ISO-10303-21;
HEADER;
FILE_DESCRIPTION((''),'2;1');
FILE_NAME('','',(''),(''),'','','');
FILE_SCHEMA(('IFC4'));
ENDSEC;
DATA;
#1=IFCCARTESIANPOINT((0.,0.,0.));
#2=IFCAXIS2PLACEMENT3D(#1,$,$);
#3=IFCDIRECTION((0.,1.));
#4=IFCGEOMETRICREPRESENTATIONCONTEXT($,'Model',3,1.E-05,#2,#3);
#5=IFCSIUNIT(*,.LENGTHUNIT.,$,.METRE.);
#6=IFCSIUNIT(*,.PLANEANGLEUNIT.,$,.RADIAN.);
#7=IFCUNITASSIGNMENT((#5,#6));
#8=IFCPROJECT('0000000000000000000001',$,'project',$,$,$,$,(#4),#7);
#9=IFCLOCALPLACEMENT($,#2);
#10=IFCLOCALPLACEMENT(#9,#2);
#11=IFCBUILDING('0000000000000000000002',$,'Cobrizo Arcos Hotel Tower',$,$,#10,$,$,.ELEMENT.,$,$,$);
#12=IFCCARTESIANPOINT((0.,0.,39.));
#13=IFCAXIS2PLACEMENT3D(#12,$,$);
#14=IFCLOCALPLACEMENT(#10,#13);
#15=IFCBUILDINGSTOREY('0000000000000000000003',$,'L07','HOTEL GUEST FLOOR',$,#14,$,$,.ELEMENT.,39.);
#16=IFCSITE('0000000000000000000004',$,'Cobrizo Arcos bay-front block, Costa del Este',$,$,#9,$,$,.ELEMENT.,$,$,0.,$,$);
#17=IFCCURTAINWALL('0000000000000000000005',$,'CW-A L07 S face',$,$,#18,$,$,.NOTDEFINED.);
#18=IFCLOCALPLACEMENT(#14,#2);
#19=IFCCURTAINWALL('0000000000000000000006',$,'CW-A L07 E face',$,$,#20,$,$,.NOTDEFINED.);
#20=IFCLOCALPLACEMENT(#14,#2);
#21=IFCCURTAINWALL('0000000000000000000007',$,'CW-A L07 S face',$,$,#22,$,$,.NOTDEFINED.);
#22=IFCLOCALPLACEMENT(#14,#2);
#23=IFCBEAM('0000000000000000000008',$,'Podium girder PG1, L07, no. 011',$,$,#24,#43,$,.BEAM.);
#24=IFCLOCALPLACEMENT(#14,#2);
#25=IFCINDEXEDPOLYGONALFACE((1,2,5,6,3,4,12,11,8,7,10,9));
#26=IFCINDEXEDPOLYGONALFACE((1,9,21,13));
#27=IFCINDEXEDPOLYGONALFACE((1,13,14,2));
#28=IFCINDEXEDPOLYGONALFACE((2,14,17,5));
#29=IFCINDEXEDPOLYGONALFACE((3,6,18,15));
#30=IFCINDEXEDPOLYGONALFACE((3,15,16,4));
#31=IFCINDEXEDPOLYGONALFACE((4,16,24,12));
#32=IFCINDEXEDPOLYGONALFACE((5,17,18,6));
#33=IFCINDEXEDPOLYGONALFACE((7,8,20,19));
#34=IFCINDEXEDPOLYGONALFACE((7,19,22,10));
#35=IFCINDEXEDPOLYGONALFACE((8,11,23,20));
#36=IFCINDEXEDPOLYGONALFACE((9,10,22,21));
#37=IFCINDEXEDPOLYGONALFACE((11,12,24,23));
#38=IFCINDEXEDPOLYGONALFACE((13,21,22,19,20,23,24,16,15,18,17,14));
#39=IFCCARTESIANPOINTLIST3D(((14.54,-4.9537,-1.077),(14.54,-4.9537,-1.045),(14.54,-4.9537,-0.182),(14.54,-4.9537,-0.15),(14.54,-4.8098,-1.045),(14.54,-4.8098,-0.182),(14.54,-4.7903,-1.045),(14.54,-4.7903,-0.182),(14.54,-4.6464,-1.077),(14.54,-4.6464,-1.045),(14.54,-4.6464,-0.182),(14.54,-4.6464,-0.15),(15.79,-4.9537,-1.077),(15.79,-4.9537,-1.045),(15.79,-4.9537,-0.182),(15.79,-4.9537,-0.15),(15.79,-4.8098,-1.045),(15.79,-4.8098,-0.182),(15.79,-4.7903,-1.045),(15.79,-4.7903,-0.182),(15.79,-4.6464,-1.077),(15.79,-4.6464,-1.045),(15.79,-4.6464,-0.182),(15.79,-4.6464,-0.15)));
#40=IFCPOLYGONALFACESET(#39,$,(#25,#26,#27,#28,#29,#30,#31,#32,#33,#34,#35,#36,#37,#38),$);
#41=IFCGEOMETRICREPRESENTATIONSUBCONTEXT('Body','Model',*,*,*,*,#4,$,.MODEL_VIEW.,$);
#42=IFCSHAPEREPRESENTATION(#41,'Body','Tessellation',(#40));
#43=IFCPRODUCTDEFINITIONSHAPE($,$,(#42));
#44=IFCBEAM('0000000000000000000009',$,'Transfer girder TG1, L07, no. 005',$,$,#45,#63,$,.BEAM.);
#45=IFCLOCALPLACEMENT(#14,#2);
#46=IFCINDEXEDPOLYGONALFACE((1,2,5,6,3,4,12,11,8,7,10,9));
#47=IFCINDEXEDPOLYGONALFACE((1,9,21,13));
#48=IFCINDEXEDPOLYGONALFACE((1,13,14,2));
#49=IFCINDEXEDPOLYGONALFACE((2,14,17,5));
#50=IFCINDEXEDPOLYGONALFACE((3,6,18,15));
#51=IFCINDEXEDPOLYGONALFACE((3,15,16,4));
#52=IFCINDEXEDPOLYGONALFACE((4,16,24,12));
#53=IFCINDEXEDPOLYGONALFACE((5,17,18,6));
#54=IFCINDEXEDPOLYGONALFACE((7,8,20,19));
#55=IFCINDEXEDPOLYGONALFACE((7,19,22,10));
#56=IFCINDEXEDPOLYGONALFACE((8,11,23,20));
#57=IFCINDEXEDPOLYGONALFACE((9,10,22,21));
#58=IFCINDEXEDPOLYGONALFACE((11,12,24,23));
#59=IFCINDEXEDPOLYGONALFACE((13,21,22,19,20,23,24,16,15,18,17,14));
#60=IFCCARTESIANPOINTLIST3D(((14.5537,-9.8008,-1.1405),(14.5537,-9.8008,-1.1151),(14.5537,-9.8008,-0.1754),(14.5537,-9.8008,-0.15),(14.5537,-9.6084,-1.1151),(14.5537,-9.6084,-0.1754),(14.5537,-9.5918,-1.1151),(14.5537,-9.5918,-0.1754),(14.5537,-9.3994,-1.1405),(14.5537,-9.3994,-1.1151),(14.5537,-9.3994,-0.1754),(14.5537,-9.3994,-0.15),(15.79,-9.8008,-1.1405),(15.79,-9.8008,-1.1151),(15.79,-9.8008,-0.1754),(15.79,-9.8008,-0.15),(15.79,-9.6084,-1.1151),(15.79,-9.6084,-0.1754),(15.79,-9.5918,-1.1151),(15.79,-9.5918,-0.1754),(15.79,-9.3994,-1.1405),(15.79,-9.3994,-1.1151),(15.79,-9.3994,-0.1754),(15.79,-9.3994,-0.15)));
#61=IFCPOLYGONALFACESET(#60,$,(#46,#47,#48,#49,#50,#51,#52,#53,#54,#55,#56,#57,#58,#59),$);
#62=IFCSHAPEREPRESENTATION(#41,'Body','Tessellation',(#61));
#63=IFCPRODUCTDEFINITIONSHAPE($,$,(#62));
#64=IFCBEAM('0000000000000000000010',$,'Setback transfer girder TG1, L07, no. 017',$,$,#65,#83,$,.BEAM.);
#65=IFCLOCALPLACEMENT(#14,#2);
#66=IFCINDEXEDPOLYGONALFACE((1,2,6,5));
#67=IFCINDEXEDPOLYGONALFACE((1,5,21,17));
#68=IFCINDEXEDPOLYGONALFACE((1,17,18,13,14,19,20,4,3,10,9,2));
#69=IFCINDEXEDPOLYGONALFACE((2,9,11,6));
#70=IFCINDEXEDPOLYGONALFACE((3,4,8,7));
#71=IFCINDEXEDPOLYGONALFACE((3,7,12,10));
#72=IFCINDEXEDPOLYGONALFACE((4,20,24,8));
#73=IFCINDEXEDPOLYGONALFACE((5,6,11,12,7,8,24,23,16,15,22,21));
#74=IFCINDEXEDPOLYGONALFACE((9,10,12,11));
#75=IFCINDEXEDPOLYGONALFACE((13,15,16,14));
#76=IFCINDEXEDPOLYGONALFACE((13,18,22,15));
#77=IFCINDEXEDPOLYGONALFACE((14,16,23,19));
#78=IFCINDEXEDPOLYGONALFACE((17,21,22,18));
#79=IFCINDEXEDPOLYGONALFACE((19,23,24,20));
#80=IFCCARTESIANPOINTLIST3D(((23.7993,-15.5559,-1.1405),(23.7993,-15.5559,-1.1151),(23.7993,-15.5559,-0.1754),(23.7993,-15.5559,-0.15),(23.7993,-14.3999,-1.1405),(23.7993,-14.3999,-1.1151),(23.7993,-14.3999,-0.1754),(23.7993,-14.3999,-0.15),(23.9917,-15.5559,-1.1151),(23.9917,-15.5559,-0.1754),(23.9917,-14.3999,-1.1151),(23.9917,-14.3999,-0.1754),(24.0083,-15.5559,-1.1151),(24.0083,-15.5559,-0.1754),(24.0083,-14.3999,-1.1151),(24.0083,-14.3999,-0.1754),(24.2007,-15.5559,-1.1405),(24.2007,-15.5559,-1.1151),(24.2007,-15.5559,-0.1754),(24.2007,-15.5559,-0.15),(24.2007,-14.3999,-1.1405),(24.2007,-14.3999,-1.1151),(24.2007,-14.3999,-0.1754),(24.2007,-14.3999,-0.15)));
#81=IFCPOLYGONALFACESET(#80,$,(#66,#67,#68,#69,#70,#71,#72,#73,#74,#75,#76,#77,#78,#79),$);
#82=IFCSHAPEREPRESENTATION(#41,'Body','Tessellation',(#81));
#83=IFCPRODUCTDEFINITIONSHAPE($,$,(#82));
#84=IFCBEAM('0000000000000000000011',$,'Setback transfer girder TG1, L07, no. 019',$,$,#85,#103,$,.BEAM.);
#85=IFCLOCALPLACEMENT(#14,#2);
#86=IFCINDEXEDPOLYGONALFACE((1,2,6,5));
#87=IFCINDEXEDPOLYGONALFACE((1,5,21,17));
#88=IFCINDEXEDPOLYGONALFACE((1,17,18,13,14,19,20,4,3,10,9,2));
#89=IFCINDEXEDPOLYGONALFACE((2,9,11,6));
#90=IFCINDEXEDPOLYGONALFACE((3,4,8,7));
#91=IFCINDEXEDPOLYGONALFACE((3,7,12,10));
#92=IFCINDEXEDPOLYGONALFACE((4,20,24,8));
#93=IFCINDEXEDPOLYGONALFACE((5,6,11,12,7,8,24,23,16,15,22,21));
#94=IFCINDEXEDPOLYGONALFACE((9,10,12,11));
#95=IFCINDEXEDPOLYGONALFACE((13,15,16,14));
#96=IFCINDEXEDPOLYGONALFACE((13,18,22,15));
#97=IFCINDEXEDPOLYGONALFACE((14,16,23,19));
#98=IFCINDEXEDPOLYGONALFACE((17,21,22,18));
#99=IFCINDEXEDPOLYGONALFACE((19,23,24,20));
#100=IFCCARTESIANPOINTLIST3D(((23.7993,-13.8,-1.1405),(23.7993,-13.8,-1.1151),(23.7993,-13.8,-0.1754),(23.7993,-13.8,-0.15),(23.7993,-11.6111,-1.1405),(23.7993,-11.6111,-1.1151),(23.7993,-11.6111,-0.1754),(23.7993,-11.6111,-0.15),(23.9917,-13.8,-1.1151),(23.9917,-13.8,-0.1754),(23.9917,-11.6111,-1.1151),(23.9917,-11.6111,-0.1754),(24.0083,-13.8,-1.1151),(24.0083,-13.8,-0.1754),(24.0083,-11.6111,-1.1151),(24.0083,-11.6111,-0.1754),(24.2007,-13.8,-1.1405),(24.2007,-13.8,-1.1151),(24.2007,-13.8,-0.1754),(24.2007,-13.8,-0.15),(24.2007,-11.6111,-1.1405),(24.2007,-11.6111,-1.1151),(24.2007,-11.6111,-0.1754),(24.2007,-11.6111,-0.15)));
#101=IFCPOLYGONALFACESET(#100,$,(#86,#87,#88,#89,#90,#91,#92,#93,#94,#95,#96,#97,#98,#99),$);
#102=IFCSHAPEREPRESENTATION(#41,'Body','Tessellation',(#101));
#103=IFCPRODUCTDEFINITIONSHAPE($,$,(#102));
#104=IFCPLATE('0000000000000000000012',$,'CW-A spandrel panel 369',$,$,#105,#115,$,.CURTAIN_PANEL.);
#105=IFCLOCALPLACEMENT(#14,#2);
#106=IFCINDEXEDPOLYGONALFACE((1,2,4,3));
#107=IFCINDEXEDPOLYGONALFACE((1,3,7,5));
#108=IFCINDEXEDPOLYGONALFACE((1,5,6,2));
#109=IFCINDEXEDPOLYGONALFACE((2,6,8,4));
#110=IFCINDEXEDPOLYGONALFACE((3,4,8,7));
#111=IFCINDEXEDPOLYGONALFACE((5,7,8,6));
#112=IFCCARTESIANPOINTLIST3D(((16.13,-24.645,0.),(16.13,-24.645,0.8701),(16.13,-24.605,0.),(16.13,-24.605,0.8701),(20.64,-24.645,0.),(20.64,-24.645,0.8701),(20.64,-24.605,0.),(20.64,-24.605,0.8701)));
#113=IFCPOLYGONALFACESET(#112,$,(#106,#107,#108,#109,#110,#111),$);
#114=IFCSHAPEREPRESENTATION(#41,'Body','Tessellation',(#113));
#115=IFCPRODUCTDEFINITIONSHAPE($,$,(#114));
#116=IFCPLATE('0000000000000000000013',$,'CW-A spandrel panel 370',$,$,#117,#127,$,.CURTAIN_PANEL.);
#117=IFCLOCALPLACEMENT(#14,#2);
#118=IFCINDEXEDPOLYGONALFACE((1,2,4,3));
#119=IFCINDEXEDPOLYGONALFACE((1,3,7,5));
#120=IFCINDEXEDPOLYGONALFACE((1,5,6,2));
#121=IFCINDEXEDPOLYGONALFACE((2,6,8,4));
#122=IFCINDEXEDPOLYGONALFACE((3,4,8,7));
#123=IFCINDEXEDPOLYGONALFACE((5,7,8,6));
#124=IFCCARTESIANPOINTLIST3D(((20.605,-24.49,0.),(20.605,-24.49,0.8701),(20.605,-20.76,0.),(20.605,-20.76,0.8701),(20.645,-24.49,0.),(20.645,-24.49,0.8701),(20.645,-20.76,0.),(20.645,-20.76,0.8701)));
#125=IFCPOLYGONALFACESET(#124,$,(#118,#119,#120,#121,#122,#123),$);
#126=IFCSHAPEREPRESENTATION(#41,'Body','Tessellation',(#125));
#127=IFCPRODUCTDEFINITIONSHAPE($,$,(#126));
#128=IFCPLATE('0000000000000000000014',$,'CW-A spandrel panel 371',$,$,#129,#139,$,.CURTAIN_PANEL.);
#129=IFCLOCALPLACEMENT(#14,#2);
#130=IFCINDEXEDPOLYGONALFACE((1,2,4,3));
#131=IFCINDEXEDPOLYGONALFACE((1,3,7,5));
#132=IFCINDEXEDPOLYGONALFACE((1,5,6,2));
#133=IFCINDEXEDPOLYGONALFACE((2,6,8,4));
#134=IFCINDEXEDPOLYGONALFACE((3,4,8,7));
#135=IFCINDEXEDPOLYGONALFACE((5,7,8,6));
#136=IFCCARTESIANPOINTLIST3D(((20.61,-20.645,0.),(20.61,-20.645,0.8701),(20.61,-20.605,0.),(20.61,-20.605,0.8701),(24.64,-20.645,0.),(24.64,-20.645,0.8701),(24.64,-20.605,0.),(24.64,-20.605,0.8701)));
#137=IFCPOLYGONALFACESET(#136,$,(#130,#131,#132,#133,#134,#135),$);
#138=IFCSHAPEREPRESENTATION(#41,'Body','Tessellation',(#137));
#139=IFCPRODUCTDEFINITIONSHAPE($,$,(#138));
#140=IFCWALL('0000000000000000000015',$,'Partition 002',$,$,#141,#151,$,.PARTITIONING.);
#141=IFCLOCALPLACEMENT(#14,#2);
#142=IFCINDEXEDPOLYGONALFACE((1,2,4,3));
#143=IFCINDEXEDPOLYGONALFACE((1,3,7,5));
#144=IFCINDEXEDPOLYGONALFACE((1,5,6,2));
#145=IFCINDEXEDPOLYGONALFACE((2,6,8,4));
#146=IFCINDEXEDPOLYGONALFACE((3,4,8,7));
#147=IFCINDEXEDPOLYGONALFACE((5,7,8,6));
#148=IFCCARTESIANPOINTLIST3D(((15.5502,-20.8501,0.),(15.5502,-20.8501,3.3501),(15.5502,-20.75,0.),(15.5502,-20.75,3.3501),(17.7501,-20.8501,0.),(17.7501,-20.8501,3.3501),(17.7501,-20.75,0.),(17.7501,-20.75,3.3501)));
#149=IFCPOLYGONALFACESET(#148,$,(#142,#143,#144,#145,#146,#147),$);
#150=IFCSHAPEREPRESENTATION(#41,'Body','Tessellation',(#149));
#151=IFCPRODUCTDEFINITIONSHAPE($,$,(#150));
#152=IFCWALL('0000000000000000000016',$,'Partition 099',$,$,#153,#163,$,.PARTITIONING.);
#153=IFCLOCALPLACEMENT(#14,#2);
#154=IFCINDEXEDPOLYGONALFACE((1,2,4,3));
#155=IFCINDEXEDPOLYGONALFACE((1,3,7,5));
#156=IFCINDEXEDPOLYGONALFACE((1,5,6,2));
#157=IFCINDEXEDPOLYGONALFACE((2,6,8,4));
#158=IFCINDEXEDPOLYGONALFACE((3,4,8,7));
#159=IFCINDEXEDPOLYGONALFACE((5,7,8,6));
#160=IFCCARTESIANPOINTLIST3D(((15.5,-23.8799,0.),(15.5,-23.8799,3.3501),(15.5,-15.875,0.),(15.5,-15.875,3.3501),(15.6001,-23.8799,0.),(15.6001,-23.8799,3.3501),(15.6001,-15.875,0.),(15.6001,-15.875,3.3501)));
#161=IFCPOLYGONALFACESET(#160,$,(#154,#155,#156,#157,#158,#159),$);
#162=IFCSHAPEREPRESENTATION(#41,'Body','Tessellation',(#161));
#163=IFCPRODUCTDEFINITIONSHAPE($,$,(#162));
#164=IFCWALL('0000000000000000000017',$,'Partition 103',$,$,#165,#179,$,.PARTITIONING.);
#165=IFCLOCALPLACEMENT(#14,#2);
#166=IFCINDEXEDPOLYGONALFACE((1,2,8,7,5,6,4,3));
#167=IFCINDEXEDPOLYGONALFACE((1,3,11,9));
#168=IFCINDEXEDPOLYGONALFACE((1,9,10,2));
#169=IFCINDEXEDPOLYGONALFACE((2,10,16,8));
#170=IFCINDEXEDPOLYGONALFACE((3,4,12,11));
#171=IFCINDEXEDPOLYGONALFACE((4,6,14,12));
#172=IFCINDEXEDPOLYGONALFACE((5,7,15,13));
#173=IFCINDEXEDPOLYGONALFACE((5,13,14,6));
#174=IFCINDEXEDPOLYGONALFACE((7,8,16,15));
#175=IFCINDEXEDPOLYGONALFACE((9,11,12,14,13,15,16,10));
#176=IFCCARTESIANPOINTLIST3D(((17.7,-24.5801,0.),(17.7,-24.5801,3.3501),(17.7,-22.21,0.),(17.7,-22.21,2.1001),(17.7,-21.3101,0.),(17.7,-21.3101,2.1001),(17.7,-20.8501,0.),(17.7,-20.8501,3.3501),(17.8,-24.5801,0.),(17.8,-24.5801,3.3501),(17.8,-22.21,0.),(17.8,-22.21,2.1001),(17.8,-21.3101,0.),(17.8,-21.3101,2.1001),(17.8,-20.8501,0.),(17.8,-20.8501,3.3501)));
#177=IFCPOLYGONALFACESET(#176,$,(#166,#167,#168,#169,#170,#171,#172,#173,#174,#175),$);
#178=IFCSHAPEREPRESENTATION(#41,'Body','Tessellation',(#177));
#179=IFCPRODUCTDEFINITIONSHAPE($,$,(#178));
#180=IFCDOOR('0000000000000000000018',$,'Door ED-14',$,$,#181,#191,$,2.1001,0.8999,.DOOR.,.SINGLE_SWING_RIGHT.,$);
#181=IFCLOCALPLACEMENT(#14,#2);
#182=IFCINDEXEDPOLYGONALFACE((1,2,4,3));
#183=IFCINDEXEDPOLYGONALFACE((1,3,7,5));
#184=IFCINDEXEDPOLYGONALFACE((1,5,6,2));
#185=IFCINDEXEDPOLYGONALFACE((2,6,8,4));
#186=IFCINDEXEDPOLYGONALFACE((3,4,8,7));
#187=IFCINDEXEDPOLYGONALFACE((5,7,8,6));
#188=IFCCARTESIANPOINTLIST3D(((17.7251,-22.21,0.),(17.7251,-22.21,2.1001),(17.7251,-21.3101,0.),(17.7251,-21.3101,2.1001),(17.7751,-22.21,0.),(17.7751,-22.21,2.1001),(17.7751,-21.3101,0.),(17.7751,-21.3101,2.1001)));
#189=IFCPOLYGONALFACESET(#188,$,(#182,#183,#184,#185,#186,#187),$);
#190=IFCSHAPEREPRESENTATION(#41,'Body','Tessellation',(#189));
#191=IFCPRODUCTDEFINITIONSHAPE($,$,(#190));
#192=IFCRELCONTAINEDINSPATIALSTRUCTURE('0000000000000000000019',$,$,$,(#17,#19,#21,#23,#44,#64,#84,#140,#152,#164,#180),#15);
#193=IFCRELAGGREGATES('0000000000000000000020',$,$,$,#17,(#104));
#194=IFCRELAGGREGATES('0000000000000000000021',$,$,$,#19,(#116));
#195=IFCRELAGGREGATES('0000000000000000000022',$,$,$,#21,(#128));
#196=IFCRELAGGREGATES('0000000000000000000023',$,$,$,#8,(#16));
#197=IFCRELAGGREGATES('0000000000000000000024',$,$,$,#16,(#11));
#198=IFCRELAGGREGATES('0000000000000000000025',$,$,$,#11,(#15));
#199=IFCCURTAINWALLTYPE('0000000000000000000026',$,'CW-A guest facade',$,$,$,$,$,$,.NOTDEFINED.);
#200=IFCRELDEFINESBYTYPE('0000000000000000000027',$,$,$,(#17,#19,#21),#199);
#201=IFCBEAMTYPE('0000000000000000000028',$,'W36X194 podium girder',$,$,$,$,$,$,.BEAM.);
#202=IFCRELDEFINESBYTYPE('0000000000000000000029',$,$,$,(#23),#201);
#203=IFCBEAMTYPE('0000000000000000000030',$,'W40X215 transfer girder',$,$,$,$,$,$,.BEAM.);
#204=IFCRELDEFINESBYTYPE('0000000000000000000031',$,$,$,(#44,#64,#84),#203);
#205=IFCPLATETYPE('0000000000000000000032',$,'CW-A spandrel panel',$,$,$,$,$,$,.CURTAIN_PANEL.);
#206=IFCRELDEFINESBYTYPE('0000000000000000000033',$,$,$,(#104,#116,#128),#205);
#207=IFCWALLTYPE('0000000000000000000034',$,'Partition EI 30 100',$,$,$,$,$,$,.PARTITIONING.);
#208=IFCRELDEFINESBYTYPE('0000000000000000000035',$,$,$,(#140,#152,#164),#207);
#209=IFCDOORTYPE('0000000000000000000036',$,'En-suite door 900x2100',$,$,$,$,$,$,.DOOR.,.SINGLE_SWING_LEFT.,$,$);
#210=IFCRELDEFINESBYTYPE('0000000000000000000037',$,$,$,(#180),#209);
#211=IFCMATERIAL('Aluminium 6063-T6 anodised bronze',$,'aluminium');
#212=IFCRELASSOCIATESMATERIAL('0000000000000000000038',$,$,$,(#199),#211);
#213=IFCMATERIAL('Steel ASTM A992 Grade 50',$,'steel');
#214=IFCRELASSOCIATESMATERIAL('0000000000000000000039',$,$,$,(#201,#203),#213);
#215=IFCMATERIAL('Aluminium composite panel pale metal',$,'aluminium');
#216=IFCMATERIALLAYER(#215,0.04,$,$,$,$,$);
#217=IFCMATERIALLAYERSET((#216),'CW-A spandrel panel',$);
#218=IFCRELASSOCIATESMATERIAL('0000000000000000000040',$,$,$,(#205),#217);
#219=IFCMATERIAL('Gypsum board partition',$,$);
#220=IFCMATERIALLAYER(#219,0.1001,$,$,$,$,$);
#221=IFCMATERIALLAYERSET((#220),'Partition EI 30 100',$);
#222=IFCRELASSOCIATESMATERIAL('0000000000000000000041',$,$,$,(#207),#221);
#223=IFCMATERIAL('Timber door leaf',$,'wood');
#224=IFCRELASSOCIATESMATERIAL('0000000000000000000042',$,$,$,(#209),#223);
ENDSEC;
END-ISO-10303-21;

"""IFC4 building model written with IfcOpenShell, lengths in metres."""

from ifc_helpers import new_model, si_unit, direction, frame, frame_2d, origin, origin_2d, place, context, subcontext, project, spatial, rectangle, i_section, extrude, material, layer, layer_set, material_profile, profile_set, type_object, element, fill, aggregate, save


model = new_model("IFC4")

# Units and contexts
model_context = context("Model", 3, precision=1e-05, world=origin(), true_north=direction((0.0, 1.0)))
body_context = subcontext(model_context, "Body", "Model", "MODEL_VIEW")
ifc_project = project(units=[si_unit("LENGTHUNIT", "METRE"), si_unit("PLANEANGLEUNIT", "RADIAN")], contexts=[model_context])

# Site, building, storey
site_placement = place(None, origin())
site = spatial("IfcSite", under=ifc_project, at=site_placement, Name="Cobrizo Arcos bay-front block, Costa del Este", CompositionType="ELEMENT", RefElevation=0.0)
building_placement = place(site_placement, origin())
building = spatial("IfcBuilding", under=site, at=building_placement, Name="Cobrizo Arcos Hotel Tower", CompositionType="ELEMENT")
storey_placement = place(building_placement, frame((0.0, 0.0, 39.0)))
storey = spatial("IfcBuildingStorey", under=building, at=storey_placement, Name="L07", Description="HOTEL GUEST FLOOR", CompositionType="ELEMENT", Elevation=39.0)

# Curtain walls
ifc_material_1 = material(Name="Aluminium 6063-T6 anodised bronze", Category="aluminium")
curtain_wall_type = type_object("IfcCurtainWallType", Name="CW-A guest facade", PredefinedType="NOTDEFINED", material=ifc_material_1)
curtain_wall_1_placement = place(storey_placement, origin())
curtain_wall_1 = element("IfcCurtainWall", 1, at=curtain_wall_1_placement, inside=storey, type_object=curtain_wall_type, Name="CW-A L07 S face", PredefinedType="NOTDEFINED")
curtain_wall_2_placement = place(storey_placement, origin())
curtain_wall_2 = element("IfcCurtainWall", 2, at=curtain_wall_2_placement, inside=storey, type_object=curtain_wall_type, Name="CW-A L07 E face", PredefinedType="NOTDEFINED")
curtain_wall_3_placement = place(storey_placement, origin())
curtain_wall_3 = element("IfcCurtainWall", 3, at=curtain_wall_3_placement, inside=storey, type_object=curtain_wall_type, Name="CW-A L07 S face", PredefinedType="NOTDEFINED")

# Beams
ifc_material_2 = material(Name="Steel ASTM A992 Grade 50", Category="steel")
ifc_material_profile_1 = material_profile(ifc_material_2, i_section(OverallWidth=0.3074, OverallDepth=0.927, WebThickness=0.0195, FlangeThickness=0.032, at=origin_2d()), Name="W36X194")
ifc_profile_set_1 = profile_set([ifc_material_profile_1], Name="Steel ASTM A992 Grade 50")
beam_type_1 = type_object("IfcBeamType", Name="W36X194 podium girder", PredefinedType="BEAM", material=ifc_profile_set_1)
beam_1_placement = place(storey_placement, frame((14.54, -4.8, -0.6135), z_axis=(1.0, 0.0, 0.0), x_axis=(0.0, 1.0, 0.0)))
element("IfcBeam", 4, at=beam_1_placement, inside=storey, type_object=beam_type_1, Name="Podium girder PG1, L07, no. 011", PredefinedType="BEAM", context=body_context, shape_type="SweptSolid", body=[
    extrude(i_section(OverallWidth=0.3074, OverallDepth=0.927, WebThickness=0.0195, FlangeThickness=0.032, at=origin_2d()), origin(), (0.0, 0.0, 1.0), 1.25),
])
ifc_material_profile_2 = material_profile(ifc_material_2, i_section(OverallWidth=0.4014, OverallDepth=0.9905, WebThickness=0.0166, FlangeThickness=0.0254, at=origin_2d()), Name="W40X215")
ifc_profile_set_2 = profile_set([ifc_material_profile_2], Name="Steel ASTM A992 Grade 50")
beam_type_2 = type_object("IfcBeamType", Name="W40X215 transfer girder", PredefinedType="BEAM", material=ifc_profile_set_2)
beam_2_placement = place(storey_placement, frame((14.5537, -9.6001, -0.6453), z_axis=(1.0, 0.0, 0.0), x_axis=(0.0, 1.0, 0.0)))
element("IfcBeam", 5, at=beam_2_placement, inside=storey, type_object=beam_type_2, Name="Transfer girder TG1, L07, no. 005", PredefinedType="BEAM", context=body_context, shape_type="SweptSolid", body=[
    extrude(i_section(OverallWidth=0.4014, OverallDepth=0.9905, WebThickness=0.0166, FlangeThickness=0.0254, at=origin_2d()), origin(), (0.0, 0.0, 1.0), 1.2363),
])
beam_3_placement = place(storey_placement, frame((24.0, -14.3999, -0.6453), z_axis=(0.0, -1.0, 0.0), x_axis=(1.0, 0.0, 0.0)))
element("IfcBeam", 6, at=beam_3_placement, inside=storey, type_object=beam_type_2, Name="Setback transfer girder TG1, L07, no. 017", PredefinedType="BEAM", context=body_context, shape_type="SweptSolid", body=[
    extrude(i_section(OverallWidth=0.4014, OverallDepth=0.9905, WebThickness=0.0166, FlangeThickness=0.0254, at=origin_2d()), origin(), (0.0, 0.0, 1.0), 1.156),
])
beam_4_placement = place(storey_placement, frame((24.0, -13.8, -0.6453), z_axis=(0.0, 1.0, 0.0), x_axis=(-1.0, 0.0, 0.0)))
element("IfcBeam", 7, at=beam_4_placement, inside=storey, type_object=beam_type_2, Name="Setback transfer girder TG1, L07, no. 019", PredefinedType="BEAM", context=body_context, shape_type="SweptSolid", body=[
    extrude(i_section(OverallWidth=0.4014, OverallDepth=0.9905, WebThickness=0.0166, FlangeThickness=0.0254, at=origin_2d()), origin(), (0.0, 0.0, 1.0), 2.189),
])

# Plates
ifc_material_3 = material(Name="Aluminium composite panel pale metal", Category="aluminium")
ifc_layer_1 = layer(ifc_material_3, 0.04)
ifc_layer_set_1 = layer_set([ifc_layer_1], Name="CW-A spandrel panel")
plate_type = type_object("IfcPlateType", Name="CW-A spandrel panel", PredefinedType="CURTAIN_PANEL", material=ifc_layer_set_1)
plate_1_placement = place(storey_placement, frame((18.385, -24.625, 0.0), z_axis=(0.0, 0.0, 1.0), x_axis=(1.0, 0.0, 0.0)))
plate_1 = element("IfcPlate", 8, at=plate_1_placement, type_object=plate_type, Name="CW-A spandrel panel 369", PredefinedType="CURTAIN_PANEL", context=body_context, shape_type="SweptSolid", body=[
    extrude(rectangle(XDim=4.51, YDim=0.04, at=origin_2d()), origin(), (0.0, 0.0, 1.0), 0.8701),
])
aggregate(curtain_wall_1, [plate_1])
plate_2_placement = place(storey_placement, frame((20.625, -22.625, 0.0), z_axis=(0.0, 0.0, 1.0), x_axis=(0.0, 1.0, 0.0)))
plate_2 = element("IfcPlate", 9, at=plate_2_placement, type_object=plate_type, Name="CW-A spandrel panel 370", PredefinedType="CURTAIN_PANEL", context=body_context, shape_type="SweptSolid", body=[
    extrude(rectangle(XDim=3.73, YDim=0.04, at=origin_2d()), origin(), (0.0, 0.0, 1.0), 0.8701),
])
aggregate(curtain_wall_2, [plate_2])
plate_3_placement = place(storey_placement, frame((22.625, -20.625, 0.0), z_axis=(0.0, 0.0, 1.0), x_axis=(1.0, 0.0, 0.0)))
plate_3 = element("IfcPlate", 10, at=plate_3_placement, type_object=plate_type, Name="CW-A spandrel panel 371", PredefinedType="CURTAIN_PANEL", context=body_context, shape_type="SweptSolid", body=[
    extrude(rectangle(XDim=4.03, YDim=0.04, at=origin_2d()), origin(), (0.0, 0.0, 1.0), 0.8701),
])
aggregate(curtain_wall_3, [plate_3])

# Walls
ifc_material_4 = material(Name="Gypsum board partition")
ifc_layer_2 = layer(ifc_material_4, 0.1001)
ifc_layer_set_2 = layer_set([ifc_layer_2], Name="Partition EI 30 100")
wall_type = type_object("IfcWallType", Name="Partition EI 30 100", PredefinedType="PARTITIONING", material=ifc_layer_set_2)
wall_1_placement = place(storey_placement, frame((15.55, -20.8, 0.0), z_axis=(0.0, 0.0, 1.0), x_axis=(1.0, 0.0, 0.0)))
element("IfcWall", 11, at=wall_1_placement, inside=storey, type_object=wall_type, Name="Partition 002", PredefinedType="PARTITIONING", context=body_context, shape_type="SweptSolid", body=[
    extrude(rectangle(XDim=2.2, YDim=0.1001, at=frame_2d((1.1001, 0.0))), origin(), (0.0, 0.0, 1.0), 3.3501),
])
wall_2_placement = place(storey_placement, frame((15.55, -23.8799, 0.0), z_axis=(0.0, 0.0, 1.0), x_axis=(0.0, 1.0, 0.0)))
element("IfcWall", 12, at=wall_2_placement, inside=storey, type_object=wall_type, Name="Partition 099", PredefinedType="PARTITIONING", context=body_context, shape_type="SweptSolid", body=[
    extrude(rectangle(XDim=8.0049, YDim=0.1001, at=frame_2d((4.0024, 0.0))), origin(), (0.0, 0.0, 1.0), 3.3501),
])

# Wall, opening, door
wall_3_placement = place(storey_placement, frame((17.75, -24.5801, 0.0), z_axis=(0.0, 0.0, 1.0), x_axis=(0.0, 1.0, 0.0)))
wall_3 = element("IfcWall", 13, at=wall_3_placement, inside=storey, type_object=wall_type, Name="Partition 103", PredefinedType="PARTITIONING", context=body_context, shape_type="SweptSolid", body=[
    extrude(rectangle(XDim=3.73, YDim=0.1001, at=frame_2d((1.865, 0.0))), origin(), (0.0, 0.0, 1.0), 3.3501),
])
opening_placement = place(wall_3_placement, frame((2.3701, 0.0, 0.0)))
opening = element("IfcOpeningElement", 14, at=opening_placement, cuts=wall_3, PredefinedType="OPENING", context=body_context, shape_type="SweptSolid", body=[
    extrude(rectangle(XDim=0.8999, YDim=2.1001, at=frame_2d((0.45, 1.05))), frame((0.0, 0.062, 0.0), z_axis=(0.0, -1.0, 0.0), x_axis=(1.0, 0.0, 0.0)), (0.0, 0.0, 1.0), 0.124),
])
ifc_material_5 = material(Name="Timber door leaf", Category="wood")
door_type = type_object("IfcDoorType", Name="En-suite door 900x2100", OperationType="SINGLE_SWING_LEFT", PredefinedType="DOOR", material=ifc_material_5)
door_placement = place(opening_placement, origin())
door = element("IfcDoor", 15, at=door_placement, inside=storey, type_object=door_type, Name="Door ED-14", OperationType="SINGLE_SWING_RIGHT", OverallHeight=2.1001, OverallWidth=0.8999, PredefinedType="DOOR", context=body_context, shape_type="SweptSolid", body=[
    extrude(rectangle(XDim=0.8999, YDim=2.1001, at=frame_2d((0.45, 1.05))), frame((0.0, 0.0249, 0.0), z_axis=(0.0, -1.0, 0.0), x_axis=(1.0, 0.0, 0.0)), (0.0, 0.0, 1.0), 0.05),
])
fill(opening, door)

save(model, "model.ifc")
